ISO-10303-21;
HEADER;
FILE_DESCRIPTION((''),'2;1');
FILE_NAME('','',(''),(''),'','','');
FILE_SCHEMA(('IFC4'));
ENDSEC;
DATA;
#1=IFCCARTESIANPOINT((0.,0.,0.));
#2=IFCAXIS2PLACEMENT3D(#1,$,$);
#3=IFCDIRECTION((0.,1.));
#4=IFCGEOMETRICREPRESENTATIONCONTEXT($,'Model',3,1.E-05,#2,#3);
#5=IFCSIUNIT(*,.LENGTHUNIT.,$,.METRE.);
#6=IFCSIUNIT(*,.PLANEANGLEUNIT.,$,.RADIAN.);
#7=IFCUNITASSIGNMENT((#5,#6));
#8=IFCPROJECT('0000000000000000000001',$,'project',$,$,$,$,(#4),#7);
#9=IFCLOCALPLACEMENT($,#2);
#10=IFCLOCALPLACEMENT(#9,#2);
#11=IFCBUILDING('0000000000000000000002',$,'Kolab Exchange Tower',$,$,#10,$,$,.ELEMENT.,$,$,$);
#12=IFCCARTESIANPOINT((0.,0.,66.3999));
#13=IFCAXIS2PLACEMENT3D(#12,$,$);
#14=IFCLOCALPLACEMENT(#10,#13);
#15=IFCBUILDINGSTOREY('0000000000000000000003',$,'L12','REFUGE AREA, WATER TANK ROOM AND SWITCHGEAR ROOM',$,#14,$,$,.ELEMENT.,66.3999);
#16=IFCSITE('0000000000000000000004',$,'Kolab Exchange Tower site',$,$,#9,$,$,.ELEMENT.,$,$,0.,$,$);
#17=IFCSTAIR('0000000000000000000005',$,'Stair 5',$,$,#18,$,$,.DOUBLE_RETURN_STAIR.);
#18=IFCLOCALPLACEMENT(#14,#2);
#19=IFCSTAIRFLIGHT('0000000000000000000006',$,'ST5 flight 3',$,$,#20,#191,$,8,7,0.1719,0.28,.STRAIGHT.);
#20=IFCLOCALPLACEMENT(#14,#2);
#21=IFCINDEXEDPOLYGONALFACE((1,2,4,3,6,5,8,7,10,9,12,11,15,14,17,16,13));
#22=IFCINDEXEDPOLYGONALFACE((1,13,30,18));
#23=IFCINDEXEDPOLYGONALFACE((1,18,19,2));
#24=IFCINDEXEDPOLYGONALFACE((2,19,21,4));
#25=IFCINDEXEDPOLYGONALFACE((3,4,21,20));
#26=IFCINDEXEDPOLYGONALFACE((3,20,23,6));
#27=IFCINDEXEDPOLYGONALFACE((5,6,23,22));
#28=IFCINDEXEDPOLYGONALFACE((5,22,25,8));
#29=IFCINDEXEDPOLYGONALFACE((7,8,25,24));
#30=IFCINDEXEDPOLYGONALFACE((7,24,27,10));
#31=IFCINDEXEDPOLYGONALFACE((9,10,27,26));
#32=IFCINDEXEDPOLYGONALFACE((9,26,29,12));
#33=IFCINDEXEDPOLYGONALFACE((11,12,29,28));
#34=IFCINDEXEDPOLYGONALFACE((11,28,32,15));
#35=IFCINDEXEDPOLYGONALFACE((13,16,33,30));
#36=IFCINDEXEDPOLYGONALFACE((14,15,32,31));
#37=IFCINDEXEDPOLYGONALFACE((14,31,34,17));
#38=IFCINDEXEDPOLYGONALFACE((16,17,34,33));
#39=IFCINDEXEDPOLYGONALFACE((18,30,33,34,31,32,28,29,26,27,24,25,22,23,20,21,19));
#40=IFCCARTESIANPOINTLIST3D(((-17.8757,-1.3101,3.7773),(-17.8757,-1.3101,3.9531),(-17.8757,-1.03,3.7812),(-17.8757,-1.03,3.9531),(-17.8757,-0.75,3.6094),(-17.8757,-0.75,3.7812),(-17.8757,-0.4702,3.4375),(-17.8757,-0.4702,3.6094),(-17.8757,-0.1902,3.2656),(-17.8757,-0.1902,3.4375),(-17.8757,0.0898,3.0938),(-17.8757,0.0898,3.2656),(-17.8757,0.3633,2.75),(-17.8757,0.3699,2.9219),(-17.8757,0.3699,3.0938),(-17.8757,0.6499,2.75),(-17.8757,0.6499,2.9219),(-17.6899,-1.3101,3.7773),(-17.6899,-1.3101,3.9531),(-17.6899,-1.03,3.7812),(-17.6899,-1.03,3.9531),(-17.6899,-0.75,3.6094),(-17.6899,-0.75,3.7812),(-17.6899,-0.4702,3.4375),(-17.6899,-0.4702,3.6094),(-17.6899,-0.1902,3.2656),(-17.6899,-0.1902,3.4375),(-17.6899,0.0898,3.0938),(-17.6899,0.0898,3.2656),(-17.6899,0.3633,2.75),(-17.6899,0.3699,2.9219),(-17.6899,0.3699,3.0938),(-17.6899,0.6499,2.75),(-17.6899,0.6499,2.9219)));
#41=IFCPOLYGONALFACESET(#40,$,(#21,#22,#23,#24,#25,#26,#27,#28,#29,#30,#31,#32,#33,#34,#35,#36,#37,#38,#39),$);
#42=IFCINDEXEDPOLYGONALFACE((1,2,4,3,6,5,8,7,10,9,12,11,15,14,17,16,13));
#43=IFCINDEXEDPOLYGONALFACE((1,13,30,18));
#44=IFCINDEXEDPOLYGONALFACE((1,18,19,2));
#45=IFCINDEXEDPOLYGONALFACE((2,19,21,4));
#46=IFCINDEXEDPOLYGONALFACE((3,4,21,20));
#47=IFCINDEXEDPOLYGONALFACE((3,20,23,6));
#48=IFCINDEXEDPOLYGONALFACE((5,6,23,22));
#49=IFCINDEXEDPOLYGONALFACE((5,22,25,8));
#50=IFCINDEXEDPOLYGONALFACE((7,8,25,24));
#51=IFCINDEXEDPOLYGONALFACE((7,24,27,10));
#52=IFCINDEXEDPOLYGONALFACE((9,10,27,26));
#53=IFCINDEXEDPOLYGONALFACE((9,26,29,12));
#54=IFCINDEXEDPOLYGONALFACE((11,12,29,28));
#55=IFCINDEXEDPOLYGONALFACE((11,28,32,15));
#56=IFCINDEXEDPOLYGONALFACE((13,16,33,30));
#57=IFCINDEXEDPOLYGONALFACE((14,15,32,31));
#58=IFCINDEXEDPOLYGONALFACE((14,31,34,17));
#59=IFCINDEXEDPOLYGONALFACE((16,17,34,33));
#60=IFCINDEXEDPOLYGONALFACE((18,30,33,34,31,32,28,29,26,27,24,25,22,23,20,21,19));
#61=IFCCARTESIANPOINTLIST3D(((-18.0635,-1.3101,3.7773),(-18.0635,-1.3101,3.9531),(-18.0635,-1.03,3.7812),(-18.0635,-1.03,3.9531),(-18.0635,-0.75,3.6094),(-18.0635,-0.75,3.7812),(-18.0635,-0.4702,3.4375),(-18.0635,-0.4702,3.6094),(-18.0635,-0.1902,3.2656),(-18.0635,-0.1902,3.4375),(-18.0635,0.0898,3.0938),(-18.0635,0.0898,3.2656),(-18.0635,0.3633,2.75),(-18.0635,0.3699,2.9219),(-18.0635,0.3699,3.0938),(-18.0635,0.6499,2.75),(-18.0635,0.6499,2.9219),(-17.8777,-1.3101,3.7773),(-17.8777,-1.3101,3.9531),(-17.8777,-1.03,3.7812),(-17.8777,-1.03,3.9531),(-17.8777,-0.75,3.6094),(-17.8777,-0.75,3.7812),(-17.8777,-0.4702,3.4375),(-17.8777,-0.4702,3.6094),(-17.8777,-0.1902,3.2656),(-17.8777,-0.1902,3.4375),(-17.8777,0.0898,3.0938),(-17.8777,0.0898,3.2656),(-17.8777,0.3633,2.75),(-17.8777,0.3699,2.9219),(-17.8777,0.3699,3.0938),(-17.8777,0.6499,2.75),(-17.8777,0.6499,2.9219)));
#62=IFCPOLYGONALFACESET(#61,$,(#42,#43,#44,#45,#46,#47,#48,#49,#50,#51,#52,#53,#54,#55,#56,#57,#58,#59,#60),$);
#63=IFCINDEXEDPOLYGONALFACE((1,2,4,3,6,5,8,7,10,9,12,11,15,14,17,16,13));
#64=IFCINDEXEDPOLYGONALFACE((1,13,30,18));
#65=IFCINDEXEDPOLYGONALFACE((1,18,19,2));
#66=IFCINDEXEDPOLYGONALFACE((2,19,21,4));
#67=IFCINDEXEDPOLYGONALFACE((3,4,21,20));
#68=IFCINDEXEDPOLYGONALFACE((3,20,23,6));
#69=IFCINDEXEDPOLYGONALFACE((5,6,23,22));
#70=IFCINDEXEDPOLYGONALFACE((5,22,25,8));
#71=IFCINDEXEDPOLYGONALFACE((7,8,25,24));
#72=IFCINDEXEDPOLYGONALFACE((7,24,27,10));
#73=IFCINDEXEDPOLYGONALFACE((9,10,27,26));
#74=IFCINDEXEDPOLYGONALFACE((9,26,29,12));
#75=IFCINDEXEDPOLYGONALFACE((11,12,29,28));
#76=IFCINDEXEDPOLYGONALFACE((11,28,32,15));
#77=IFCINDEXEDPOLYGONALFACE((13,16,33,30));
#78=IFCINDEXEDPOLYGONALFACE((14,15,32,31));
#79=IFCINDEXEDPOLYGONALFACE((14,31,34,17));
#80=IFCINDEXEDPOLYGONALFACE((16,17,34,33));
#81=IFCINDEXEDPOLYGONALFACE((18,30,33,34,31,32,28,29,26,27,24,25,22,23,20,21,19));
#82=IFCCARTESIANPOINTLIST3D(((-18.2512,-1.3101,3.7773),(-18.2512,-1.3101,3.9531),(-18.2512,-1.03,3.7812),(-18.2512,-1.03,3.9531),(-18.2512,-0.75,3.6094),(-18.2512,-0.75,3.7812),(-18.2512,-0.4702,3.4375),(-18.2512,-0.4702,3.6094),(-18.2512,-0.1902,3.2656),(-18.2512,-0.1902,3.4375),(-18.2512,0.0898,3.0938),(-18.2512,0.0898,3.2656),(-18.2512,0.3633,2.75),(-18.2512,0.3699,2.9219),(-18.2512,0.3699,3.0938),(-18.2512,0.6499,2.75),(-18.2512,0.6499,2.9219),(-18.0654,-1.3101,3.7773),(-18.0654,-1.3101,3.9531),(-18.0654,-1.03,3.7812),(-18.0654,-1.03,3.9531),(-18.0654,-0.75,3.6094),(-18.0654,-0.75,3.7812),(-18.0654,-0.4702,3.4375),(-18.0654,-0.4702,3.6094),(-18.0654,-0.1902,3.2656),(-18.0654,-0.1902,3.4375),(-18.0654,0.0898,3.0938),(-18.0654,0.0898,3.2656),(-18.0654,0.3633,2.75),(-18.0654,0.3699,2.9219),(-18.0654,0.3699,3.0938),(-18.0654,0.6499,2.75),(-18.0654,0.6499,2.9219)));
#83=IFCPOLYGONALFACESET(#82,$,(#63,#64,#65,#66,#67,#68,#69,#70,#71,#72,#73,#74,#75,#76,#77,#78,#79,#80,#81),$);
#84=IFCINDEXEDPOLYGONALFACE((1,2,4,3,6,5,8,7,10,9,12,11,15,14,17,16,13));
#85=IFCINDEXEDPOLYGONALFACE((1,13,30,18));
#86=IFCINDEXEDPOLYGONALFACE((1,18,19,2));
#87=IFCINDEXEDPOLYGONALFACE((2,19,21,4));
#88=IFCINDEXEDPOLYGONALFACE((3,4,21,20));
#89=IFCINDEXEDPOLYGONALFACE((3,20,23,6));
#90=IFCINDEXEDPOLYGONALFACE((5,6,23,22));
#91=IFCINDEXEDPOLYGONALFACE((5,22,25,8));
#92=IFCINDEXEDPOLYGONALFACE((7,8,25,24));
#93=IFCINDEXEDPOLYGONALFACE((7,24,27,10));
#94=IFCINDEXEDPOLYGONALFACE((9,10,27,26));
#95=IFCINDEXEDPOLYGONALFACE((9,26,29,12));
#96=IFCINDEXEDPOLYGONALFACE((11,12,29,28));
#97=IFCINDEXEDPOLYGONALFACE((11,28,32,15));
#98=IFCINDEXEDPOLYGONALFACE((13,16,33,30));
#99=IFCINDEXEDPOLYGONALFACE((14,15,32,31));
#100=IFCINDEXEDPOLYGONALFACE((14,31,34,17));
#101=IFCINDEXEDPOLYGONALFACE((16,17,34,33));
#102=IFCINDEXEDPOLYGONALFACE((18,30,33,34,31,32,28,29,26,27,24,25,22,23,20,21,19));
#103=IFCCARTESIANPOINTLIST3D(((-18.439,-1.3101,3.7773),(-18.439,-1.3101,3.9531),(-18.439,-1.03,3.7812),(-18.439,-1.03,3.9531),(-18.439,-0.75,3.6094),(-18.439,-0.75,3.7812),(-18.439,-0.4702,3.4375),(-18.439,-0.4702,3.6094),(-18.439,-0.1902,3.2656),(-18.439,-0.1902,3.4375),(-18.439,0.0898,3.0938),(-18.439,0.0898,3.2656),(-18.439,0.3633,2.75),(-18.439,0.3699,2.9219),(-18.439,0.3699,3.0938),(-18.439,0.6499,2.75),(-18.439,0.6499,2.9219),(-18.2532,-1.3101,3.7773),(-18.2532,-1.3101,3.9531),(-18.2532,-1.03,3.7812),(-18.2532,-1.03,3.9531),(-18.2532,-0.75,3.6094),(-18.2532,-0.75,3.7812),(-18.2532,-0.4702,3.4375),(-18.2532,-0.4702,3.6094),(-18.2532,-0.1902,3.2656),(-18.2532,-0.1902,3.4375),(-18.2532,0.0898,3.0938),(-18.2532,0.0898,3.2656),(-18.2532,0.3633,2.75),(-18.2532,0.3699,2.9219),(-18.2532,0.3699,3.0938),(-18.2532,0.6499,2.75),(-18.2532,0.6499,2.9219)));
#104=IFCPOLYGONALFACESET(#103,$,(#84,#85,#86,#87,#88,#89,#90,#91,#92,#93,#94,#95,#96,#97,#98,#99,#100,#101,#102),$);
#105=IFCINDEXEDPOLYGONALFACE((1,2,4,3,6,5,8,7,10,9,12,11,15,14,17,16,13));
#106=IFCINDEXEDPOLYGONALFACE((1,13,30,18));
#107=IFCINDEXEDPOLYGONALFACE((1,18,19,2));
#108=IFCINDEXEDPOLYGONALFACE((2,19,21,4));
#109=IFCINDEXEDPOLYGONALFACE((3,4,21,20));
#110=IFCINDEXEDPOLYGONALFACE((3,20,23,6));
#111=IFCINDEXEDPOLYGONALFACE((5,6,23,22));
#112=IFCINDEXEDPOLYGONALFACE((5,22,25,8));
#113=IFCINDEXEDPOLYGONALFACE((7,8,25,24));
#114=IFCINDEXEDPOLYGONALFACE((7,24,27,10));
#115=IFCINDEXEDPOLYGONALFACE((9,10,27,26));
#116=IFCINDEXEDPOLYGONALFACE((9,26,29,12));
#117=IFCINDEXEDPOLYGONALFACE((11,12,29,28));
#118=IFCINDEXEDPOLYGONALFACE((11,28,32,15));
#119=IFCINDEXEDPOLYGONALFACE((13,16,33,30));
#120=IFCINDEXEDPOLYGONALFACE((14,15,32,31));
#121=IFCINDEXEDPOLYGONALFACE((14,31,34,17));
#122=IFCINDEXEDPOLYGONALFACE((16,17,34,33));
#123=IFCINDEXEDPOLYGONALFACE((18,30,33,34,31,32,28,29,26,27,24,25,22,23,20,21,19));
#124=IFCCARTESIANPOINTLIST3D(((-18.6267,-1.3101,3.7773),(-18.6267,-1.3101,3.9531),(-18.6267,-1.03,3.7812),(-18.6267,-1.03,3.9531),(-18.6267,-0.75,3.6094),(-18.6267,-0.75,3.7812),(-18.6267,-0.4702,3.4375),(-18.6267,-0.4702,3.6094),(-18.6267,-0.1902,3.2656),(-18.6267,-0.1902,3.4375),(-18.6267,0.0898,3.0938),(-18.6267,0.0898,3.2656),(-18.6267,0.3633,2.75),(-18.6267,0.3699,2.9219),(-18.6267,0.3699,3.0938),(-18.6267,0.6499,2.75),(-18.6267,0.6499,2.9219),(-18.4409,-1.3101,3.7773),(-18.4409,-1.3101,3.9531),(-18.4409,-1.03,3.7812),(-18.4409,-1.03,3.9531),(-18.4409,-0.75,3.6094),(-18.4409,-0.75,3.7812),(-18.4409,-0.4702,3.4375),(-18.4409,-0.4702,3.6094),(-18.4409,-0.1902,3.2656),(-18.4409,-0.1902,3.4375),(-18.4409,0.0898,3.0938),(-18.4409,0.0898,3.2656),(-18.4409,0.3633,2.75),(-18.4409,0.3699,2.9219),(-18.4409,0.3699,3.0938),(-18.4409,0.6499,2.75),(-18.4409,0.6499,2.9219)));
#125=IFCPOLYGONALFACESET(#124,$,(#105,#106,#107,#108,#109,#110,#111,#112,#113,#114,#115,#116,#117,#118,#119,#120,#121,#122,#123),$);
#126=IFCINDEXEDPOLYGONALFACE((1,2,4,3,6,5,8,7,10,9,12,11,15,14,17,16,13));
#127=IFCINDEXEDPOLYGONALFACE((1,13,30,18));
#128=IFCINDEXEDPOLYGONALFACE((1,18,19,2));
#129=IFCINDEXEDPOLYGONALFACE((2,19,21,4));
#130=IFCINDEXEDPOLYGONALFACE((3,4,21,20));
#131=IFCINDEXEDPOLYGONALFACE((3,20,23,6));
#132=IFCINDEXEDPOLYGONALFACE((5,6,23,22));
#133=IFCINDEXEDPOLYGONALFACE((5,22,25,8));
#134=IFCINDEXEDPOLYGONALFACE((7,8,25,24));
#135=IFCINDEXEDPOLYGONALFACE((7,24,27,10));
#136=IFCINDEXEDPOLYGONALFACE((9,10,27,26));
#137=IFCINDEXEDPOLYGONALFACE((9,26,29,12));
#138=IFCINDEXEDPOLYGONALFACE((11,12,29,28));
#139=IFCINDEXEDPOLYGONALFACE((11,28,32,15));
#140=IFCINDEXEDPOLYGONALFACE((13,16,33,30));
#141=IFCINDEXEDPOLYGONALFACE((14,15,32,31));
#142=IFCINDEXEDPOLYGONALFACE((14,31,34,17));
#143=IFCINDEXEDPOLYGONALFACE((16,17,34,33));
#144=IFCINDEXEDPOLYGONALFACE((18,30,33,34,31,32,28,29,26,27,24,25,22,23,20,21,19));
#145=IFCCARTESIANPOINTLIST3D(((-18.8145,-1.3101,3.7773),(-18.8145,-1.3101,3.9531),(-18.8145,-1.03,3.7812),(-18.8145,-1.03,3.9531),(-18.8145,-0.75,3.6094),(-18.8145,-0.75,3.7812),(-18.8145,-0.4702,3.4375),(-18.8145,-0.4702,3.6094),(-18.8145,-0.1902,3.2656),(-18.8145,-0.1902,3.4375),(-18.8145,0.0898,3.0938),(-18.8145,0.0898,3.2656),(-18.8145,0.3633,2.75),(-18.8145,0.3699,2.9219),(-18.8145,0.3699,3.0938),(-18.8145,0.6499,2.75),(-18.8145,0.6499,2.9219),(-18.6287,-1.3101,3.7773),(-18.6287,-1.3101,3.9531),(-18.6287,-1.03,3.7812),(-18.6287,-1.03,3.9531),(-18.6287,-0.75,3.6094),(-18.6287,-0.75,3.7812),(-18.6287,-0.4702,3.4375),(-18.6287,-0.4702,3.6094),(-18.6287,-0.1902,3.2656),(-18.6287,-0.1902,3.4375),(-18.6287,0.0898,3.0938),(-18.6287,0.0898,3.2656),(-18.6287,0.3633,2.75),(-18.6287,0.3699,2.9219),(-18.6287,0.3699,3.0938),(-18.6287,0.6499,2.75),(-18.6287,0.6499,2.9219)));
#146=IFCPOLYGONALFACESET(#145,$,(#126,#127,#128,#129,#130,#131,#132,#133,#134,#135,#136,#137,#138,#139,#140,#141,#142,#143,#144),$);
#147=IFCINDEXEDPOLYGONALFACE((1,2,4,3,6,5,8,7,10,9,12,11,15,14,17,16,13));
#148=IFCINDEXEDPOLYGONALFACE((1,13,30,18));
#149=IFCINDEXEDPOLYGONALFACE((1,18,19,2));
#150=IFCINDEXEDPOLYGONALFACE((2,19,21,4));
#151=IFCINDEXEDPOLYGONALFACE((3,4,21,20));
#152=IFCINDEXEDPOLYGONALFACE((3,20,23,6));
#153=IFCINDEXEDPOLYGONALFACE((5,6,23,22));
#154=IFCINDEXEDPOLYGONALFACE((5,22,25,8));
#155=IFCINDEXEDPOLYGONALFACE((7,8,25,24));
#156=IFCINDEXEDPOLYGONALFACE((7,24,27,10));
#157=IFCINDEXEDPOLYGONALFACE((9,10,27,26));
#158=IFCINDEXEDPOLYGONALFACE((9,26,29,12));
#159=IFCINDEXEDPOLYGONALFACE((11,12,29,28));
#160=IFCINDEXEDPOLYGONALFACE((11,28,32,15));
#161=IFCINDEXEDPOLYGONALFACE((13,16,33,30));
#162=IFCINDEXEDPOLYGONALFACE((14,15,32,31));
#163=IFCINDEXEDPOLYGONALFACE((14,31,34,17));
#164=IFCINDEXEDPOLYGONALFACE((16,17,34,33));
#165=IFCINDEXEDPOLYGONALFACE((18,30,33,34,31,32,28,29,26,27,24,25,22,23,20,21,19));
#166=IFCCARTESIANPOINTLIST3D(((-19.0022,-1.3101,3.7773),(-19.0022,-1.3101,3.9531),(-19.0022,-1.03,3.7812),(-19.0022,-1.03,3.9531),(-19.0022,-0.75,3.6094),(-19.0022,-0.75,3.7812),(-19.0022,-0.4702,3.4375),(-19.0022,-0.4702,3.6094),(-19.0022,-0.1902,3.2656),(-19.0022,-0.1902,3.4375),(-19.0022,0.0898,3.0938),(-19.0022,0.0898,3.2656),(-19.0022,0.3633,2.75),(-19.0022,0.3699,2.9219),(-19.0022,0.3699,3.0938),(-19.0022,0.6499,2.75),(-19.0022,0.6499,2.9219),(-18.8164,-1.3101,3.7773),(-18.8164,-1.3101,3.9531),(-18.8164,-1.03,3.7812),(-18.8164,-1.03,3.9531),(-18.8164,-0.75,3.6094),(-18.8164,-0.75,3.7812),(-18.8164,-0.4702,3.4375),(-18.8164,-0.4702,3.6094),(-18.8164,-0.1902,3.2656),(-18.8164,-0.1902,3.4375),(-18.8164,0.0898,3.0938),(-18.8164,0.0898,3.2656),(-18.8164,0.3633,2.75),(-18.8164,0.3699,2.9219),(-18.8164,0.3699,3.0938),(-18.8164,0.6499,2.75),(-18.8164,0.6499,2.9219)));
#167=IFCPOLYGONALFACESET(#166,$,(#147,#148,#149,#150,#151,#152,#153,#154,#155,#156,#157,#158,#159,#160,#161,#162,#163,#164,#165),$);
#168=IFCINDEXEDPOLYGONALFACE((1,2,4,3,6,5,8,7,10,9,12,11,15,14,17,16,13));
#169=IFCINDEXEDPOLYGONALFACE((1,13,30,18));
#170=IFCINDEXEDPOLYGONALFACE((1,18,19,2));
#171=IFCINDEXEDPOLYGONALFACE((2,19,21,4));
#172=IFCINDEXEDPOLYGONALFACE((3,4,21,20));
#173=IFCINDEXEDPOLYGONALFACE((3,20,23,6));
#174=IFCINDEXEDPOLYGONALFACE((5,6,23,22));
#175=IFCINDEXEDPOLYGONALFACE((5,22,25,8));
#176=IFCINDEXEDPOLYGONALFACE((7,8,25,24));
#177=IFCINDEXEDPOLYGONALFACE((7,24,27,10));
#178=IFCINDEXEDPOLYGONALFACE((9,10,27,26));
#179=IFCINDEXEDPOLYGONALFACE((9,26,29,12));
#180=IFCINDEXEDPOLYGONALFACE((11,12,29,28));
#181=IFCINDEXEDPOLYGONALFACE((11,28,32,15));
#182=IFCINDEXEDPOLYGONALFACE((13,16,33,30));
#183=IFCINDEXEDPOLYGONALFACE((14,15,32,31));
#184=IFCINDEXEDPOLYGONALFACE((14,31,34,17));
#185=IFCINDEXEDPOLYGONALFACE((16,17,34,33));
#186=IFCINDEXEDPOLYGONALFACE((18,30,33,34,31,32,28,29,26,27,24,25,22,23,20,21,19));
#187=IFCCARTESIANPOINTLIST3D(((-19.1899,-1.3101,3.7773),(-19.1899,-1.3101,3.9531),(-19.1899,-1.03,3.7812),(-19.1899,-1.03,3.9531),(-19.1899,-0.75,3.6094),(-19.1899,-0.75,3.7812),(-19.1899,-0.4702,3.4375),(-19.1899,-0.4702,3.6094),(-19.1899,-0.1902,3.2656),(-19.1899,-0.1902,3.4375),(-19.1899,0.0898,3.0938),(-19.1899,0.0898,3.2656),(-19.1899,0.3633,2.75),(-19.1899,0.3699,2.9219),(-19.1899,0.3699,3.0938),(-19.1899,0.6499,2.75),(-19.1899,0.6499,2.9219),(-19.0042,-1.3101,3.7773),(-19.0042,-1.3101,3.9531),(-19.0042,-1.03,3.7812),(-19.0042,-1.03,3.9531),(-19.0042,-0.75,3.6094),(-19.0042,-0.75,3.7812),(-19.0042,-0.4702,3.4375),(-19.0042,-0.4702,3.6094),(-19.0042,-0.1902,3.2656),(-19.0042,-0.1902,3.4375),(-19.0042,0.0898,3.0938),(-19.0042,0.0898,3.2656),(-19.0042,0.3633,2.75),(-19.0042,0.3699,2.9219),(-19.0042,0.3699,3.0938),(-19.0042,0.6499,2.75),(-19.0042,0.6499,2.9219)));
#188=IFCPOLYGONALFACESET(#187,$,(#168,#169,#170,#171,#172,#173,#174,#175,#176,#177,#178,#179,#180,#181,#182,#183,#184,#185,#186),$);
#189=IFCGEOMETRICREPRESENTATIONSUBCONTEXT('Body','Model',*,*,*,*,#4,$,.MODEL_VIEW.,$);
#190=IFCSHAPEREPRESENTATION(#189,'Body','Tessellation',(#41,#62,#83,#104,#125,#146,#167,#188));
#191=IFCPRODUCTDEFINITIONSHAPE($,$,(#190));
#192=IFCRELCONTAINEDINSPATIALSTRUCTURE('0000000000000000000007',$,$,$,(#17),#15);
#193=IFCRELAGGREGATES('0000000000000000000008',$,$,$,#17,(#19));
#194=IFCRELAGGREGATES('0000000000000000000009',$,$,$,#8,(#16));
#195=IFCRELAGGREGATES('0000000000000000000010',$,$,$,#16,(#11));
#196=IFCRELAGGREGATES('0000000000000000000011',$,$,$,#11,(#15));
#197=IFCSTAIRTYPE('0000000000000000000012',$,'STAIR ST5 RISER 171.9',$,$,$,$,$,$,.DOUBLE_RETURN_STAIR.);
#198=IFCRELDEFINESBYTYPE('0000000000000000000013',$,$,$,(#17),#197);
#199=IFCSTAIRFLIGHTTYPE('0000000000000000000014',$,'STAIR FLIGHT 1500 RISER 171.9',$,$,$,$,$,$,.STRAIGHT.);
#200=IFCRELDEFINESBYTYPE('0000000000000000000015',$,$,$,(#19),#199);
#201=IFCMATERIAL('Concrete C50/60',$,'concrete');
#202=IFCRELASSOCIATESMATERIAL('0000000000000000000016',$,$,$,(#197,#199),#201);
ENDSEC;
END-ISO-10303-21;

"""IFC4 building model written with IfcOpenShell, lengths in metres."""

from ifc_helpers import new_model, si_unit, direction, frame, origin, place, context, subcontext, project, spatial, polyline, outline, extrude, material, type_object, element, aggregate, save


model = new_model("IFC4")

# Units and contexts
model_context = context("Model", 3, precision=1e-05, world=origin(), true_north=direction((0.0, 1.0)))
body_context = subcontext(model_context, "Body", "Model", "MODEL_VIEW")
ifc_project = project(units=[si_unit("LENGTHUNIT", "METRE"), si_unit("PLANEANGLEUNIT", "RADIAN")], contexts=[model_context])

# Site, building, storey
site_placement = place(None, origin())
site = spatial("IfcSite", under=ifc_project, at=site_placement, Name="Kolab Exchange Tower site", CompositionType="ELEMENT", RefElevation=0.0)
building_placement = place(site_placement, origin())
building = spatial("IfcBuilding", under=site, at=building_placement, Name="Kolab Exchange Tower", CompositionType="ELEMENT")
storey_placement = place(building_placement, frame((0.0, 0.0, 66.3999)))
storey = spatial("IfcBuildingStorey", under=building, at=storey_placement, Name="L12", Description="REFUGE AREA, WATER TANK ROOM AND SWITCHGEAR ROOM", CompositionType="ELEMENT", Elevation=66.3999)

# Shared definitions
ifc_material_1 = material(Name="Concrete C50/60", Category="concrete")

# Stair, stair flight
stair_type = type_object("IfcStairType", Name="STAIR ST5 RISER 171.9", PredefinedType="DOUBLE_RETURN_STAIR", material=ifc_material_1)
stair_placement = place(storey_placement, origin())
stair = element("IfcStair", 1, at=stair_placement, inside=storey, type_object=stair_type, Name="Stair 5", PredefinedType="DOUBLE_RETURN_STAIR")
stair_flight_type = type_object("IfcStairFlightType", Name="STAIR FLIGHT 1500 RISER 171.9", PredefinedType="STRAIGHT", material=ifc_material_1)
stair_flight_1_placement = place(storey_placement, frame((-18.4399, 0.6499, 2.75), z_axis=(0.0, 0.0, 1.0), x_axis=(0.0, -1.0, 0.0)))
stair_flight_1 = element("IfcStairFlight", 2, at=stair_flight_1_placement, type_object=stair_flight_type, Name="ST5 flight 3", NumberOfRisers=8, NumberOfTreads=7, PredefinedType="STRAIGHT", RiserHeight=0.1719, TreadLength=0.28, context=body_context, shape_type="SweptSolid", body=[
    extrude(outline(polyline([(0.0, 0.0), (0.0, 0.1719), (0.28, 0.1719), (0.28, 0.3438), (0.5601, 0.3438), (0.5601, 0.5156), (0.8401, 0.5156), (0.8401, 0.6875), (1.1201, 0.6875), (1.1201, 0.8594), (1.3999, 0.8594), (1.3999, 1.0312), (1.6799, 1.0312), (1.6799, 1.2031), (1.96, 1.2031), (1.96, 1.375), (1.96, 1.0273), (0.2866, 0.0), (0.0, 0.0)])), frame((0.0, 0.75, 0.0), z_axis=(0.0, -1.0, 0.0), x_axis=(1.0, 0.0, 0.0)), (0.0, 0.0, 1.0), 0.1858),
    extrude(outline(polyline([(0.0, 0.0), (0.0, 0.1719), (0.28, 0.1719), (0.28, 0.3438), (0.5601, 0.3438), (0.5601, 0.5156), (0.8401, 0.5156), (0.8401, 0.6875), (1.1201, 0.6875), (1.1201, 0.8594), (1.3999, 0.8594), (1.3999, 1.0312), (1.6799, 1.0312), (1.6799, 1.2031), (1.96, 1.2031), (1.96, 1.375), (1.96, 1.0273), (0.2866, 0.0), (0.0, 0.0)])), frame((0.0, 0.5623, 0.0), z_axis=(0.0, -1.0, 0.0), x_axis=(1.0, 0.0, 0.0)), (0.0, 0.0, 1.0), 0.1858),
    extrude(outline(polyline([(0.0, 0.0), (0.0, 0.1719), (0.28, 0.1719), (0.28, 0.3438), (0.5601, 0.3438), (0.5601, 0.5156), (0.8401, 0.5156), (0.8401, 0.6875), (1.1201, 0.6875), (1.1201, 0.8594), (1.3999, 0.8594), (1.3999, 1.0312), (1.6799, 1.0312), (1.6799, 1.2031), (1.96, 1.2031), (1.96, 1.375), (1.96, 1.0273), (0.2866, 0.0), (0.0, 0.0)])), frame((0.0, 0.3745, 0.0), z_axis=(0.0, -1.0, 0.0), x_axis=(1.0, 0.0, 0.0)), (0.0, 0.0, 1.0), 0.1858),
    extrude(outline(polyline([(0.0, 0.0), (0.0, 0.1719), (0.28, 0.1719), (0.28, 0.3438), (0.5601, 0.3438), (0.5601, 0.5156), (0.8401, 0.5156), (0.8401, 0.6875), (1.1201, 0.6875), (1.1201, 0.8594), (1.3999, 0.8594), (1.3999, 1.0312), (1.6799, 1.0312), (1.6799, 1.2031), (1.96, 1.2031), (1.96, 1.375), (1.96, 1.0273), (0.2866, 0.0), (0.0, 0.0)])), frame((0.0, 0.1868, 0.0), z_axis=(0.0, -1.0, 0.0), x_axis=(1.0, 0.0, 0.0)), (0.0, 0.0, 1.0), 0.1858),
    extrude(outline(polyline([(0.0, 0.0), (0.0, 0.1719), (0.28, 0.1719), (0.28, 0.3438), (0.5601, 0.3438), (0.5601, 0.5156), (0.8401, 0.5156), (0.8401, 0.6875), (1.1201, 0.6875), (1.1201, 0.8594), (1.3999, 0.8594), (1.3999, 1.0312), (1.6799, 1.0312), (1.6799, 1.2031), (1.96, 1.2031), (1.96, 1.375), (1.96, 1.0273), (0.2866, 0.0), (0.0, 0.0)])), frame((0.0, -0.001, 0.0), z_axis=(0.0, -1.0, 0.0), x_axis=(1.0, 0.0, 0.0)), (0.0, 0.0, 1.0), 0.1858),
    extrude(outline(polyline([(0.0, 0.0), (0.0, 0.1719), (0.28, 0.1719), (0.28, 0.3438), (0.5601, 0.3438), (0.5601, 0.5156), (0.8401, 0.5156), (0.8401, 0.6875), (1.1201, 0.6875), (1.1201, 0.8594), (1.3999, 0.8594), (1.3999, 1.0312), (1.6799, 1.0312), (1.6799, 1.2031), (1.96, 1.2031), (1.96, 1.375), (1.96, 1.0273), (0.2866, 0.0), (0.0, 0.0)])), frame((0.0, -0.1887, 0.0), z_axis=(0.0, -1.0, 0.0), x_axis=(1.0, 0.0, 0.0)), (0.0, 0.0, 1.0), 0.1858),
    extrude(outline(polyline([(0.0, 0.0), (0.0, 0.1719), (0.28, 0.1719), (0.28, 0.3438), (0.5601, 0.3438), (0.5601, 0.5156), (0.8401, 0.5156), (0.8401, 0.6875), (1.1201, 0.6875), (1.1201, 0.8594), (1.3999, 0.8594), (1.3999, 1.0312), (1.6799, 1.0312), (1.6799, 1.2031), (1.96, 1.2031), (1.96, 1.375), (1.96, 1.0273), (0.2866, 0.0), (0.0, 0.0)])), frame((0.0, -0.3765, 0.0), z_axis=(0.0, -1.0, 0.0), x_axis=(1.0, 0.0, 0.0)), (0.0, 0.0, 1.0), 0.1858),
    extrude(outline(polyline([(0.0, 0.0), (0.0, 0.1719), (0.28, 0.1719), (0.28, 0.3438), (0.5601, 0.3438), (0.5601, 0.5156), (0.8401, 0.5156), (0.8401, 0.6875), (1.1201, 0.6875), (1.1201, 0.8594), (1.3999, 0.8594), (1.3999, 1.0312), (1.6799, 1.0312), (1.6799, 1.2031), (1.96, 1.2031), (1.96, 1.375), (1.96, 1.0273), (0.2866, 0.0), (0.0, 0.0)])), frame((0.0, -0.5642, 0.0), z_axis=(0.0, -1.0, 0.0), x_axis=(1.0, 0.0, 0.0)), (0.0, 0.0, 1.0), 0.1858),
])
aggregate(stair, [stair_flight_1])

save(model, "model.ifc")
